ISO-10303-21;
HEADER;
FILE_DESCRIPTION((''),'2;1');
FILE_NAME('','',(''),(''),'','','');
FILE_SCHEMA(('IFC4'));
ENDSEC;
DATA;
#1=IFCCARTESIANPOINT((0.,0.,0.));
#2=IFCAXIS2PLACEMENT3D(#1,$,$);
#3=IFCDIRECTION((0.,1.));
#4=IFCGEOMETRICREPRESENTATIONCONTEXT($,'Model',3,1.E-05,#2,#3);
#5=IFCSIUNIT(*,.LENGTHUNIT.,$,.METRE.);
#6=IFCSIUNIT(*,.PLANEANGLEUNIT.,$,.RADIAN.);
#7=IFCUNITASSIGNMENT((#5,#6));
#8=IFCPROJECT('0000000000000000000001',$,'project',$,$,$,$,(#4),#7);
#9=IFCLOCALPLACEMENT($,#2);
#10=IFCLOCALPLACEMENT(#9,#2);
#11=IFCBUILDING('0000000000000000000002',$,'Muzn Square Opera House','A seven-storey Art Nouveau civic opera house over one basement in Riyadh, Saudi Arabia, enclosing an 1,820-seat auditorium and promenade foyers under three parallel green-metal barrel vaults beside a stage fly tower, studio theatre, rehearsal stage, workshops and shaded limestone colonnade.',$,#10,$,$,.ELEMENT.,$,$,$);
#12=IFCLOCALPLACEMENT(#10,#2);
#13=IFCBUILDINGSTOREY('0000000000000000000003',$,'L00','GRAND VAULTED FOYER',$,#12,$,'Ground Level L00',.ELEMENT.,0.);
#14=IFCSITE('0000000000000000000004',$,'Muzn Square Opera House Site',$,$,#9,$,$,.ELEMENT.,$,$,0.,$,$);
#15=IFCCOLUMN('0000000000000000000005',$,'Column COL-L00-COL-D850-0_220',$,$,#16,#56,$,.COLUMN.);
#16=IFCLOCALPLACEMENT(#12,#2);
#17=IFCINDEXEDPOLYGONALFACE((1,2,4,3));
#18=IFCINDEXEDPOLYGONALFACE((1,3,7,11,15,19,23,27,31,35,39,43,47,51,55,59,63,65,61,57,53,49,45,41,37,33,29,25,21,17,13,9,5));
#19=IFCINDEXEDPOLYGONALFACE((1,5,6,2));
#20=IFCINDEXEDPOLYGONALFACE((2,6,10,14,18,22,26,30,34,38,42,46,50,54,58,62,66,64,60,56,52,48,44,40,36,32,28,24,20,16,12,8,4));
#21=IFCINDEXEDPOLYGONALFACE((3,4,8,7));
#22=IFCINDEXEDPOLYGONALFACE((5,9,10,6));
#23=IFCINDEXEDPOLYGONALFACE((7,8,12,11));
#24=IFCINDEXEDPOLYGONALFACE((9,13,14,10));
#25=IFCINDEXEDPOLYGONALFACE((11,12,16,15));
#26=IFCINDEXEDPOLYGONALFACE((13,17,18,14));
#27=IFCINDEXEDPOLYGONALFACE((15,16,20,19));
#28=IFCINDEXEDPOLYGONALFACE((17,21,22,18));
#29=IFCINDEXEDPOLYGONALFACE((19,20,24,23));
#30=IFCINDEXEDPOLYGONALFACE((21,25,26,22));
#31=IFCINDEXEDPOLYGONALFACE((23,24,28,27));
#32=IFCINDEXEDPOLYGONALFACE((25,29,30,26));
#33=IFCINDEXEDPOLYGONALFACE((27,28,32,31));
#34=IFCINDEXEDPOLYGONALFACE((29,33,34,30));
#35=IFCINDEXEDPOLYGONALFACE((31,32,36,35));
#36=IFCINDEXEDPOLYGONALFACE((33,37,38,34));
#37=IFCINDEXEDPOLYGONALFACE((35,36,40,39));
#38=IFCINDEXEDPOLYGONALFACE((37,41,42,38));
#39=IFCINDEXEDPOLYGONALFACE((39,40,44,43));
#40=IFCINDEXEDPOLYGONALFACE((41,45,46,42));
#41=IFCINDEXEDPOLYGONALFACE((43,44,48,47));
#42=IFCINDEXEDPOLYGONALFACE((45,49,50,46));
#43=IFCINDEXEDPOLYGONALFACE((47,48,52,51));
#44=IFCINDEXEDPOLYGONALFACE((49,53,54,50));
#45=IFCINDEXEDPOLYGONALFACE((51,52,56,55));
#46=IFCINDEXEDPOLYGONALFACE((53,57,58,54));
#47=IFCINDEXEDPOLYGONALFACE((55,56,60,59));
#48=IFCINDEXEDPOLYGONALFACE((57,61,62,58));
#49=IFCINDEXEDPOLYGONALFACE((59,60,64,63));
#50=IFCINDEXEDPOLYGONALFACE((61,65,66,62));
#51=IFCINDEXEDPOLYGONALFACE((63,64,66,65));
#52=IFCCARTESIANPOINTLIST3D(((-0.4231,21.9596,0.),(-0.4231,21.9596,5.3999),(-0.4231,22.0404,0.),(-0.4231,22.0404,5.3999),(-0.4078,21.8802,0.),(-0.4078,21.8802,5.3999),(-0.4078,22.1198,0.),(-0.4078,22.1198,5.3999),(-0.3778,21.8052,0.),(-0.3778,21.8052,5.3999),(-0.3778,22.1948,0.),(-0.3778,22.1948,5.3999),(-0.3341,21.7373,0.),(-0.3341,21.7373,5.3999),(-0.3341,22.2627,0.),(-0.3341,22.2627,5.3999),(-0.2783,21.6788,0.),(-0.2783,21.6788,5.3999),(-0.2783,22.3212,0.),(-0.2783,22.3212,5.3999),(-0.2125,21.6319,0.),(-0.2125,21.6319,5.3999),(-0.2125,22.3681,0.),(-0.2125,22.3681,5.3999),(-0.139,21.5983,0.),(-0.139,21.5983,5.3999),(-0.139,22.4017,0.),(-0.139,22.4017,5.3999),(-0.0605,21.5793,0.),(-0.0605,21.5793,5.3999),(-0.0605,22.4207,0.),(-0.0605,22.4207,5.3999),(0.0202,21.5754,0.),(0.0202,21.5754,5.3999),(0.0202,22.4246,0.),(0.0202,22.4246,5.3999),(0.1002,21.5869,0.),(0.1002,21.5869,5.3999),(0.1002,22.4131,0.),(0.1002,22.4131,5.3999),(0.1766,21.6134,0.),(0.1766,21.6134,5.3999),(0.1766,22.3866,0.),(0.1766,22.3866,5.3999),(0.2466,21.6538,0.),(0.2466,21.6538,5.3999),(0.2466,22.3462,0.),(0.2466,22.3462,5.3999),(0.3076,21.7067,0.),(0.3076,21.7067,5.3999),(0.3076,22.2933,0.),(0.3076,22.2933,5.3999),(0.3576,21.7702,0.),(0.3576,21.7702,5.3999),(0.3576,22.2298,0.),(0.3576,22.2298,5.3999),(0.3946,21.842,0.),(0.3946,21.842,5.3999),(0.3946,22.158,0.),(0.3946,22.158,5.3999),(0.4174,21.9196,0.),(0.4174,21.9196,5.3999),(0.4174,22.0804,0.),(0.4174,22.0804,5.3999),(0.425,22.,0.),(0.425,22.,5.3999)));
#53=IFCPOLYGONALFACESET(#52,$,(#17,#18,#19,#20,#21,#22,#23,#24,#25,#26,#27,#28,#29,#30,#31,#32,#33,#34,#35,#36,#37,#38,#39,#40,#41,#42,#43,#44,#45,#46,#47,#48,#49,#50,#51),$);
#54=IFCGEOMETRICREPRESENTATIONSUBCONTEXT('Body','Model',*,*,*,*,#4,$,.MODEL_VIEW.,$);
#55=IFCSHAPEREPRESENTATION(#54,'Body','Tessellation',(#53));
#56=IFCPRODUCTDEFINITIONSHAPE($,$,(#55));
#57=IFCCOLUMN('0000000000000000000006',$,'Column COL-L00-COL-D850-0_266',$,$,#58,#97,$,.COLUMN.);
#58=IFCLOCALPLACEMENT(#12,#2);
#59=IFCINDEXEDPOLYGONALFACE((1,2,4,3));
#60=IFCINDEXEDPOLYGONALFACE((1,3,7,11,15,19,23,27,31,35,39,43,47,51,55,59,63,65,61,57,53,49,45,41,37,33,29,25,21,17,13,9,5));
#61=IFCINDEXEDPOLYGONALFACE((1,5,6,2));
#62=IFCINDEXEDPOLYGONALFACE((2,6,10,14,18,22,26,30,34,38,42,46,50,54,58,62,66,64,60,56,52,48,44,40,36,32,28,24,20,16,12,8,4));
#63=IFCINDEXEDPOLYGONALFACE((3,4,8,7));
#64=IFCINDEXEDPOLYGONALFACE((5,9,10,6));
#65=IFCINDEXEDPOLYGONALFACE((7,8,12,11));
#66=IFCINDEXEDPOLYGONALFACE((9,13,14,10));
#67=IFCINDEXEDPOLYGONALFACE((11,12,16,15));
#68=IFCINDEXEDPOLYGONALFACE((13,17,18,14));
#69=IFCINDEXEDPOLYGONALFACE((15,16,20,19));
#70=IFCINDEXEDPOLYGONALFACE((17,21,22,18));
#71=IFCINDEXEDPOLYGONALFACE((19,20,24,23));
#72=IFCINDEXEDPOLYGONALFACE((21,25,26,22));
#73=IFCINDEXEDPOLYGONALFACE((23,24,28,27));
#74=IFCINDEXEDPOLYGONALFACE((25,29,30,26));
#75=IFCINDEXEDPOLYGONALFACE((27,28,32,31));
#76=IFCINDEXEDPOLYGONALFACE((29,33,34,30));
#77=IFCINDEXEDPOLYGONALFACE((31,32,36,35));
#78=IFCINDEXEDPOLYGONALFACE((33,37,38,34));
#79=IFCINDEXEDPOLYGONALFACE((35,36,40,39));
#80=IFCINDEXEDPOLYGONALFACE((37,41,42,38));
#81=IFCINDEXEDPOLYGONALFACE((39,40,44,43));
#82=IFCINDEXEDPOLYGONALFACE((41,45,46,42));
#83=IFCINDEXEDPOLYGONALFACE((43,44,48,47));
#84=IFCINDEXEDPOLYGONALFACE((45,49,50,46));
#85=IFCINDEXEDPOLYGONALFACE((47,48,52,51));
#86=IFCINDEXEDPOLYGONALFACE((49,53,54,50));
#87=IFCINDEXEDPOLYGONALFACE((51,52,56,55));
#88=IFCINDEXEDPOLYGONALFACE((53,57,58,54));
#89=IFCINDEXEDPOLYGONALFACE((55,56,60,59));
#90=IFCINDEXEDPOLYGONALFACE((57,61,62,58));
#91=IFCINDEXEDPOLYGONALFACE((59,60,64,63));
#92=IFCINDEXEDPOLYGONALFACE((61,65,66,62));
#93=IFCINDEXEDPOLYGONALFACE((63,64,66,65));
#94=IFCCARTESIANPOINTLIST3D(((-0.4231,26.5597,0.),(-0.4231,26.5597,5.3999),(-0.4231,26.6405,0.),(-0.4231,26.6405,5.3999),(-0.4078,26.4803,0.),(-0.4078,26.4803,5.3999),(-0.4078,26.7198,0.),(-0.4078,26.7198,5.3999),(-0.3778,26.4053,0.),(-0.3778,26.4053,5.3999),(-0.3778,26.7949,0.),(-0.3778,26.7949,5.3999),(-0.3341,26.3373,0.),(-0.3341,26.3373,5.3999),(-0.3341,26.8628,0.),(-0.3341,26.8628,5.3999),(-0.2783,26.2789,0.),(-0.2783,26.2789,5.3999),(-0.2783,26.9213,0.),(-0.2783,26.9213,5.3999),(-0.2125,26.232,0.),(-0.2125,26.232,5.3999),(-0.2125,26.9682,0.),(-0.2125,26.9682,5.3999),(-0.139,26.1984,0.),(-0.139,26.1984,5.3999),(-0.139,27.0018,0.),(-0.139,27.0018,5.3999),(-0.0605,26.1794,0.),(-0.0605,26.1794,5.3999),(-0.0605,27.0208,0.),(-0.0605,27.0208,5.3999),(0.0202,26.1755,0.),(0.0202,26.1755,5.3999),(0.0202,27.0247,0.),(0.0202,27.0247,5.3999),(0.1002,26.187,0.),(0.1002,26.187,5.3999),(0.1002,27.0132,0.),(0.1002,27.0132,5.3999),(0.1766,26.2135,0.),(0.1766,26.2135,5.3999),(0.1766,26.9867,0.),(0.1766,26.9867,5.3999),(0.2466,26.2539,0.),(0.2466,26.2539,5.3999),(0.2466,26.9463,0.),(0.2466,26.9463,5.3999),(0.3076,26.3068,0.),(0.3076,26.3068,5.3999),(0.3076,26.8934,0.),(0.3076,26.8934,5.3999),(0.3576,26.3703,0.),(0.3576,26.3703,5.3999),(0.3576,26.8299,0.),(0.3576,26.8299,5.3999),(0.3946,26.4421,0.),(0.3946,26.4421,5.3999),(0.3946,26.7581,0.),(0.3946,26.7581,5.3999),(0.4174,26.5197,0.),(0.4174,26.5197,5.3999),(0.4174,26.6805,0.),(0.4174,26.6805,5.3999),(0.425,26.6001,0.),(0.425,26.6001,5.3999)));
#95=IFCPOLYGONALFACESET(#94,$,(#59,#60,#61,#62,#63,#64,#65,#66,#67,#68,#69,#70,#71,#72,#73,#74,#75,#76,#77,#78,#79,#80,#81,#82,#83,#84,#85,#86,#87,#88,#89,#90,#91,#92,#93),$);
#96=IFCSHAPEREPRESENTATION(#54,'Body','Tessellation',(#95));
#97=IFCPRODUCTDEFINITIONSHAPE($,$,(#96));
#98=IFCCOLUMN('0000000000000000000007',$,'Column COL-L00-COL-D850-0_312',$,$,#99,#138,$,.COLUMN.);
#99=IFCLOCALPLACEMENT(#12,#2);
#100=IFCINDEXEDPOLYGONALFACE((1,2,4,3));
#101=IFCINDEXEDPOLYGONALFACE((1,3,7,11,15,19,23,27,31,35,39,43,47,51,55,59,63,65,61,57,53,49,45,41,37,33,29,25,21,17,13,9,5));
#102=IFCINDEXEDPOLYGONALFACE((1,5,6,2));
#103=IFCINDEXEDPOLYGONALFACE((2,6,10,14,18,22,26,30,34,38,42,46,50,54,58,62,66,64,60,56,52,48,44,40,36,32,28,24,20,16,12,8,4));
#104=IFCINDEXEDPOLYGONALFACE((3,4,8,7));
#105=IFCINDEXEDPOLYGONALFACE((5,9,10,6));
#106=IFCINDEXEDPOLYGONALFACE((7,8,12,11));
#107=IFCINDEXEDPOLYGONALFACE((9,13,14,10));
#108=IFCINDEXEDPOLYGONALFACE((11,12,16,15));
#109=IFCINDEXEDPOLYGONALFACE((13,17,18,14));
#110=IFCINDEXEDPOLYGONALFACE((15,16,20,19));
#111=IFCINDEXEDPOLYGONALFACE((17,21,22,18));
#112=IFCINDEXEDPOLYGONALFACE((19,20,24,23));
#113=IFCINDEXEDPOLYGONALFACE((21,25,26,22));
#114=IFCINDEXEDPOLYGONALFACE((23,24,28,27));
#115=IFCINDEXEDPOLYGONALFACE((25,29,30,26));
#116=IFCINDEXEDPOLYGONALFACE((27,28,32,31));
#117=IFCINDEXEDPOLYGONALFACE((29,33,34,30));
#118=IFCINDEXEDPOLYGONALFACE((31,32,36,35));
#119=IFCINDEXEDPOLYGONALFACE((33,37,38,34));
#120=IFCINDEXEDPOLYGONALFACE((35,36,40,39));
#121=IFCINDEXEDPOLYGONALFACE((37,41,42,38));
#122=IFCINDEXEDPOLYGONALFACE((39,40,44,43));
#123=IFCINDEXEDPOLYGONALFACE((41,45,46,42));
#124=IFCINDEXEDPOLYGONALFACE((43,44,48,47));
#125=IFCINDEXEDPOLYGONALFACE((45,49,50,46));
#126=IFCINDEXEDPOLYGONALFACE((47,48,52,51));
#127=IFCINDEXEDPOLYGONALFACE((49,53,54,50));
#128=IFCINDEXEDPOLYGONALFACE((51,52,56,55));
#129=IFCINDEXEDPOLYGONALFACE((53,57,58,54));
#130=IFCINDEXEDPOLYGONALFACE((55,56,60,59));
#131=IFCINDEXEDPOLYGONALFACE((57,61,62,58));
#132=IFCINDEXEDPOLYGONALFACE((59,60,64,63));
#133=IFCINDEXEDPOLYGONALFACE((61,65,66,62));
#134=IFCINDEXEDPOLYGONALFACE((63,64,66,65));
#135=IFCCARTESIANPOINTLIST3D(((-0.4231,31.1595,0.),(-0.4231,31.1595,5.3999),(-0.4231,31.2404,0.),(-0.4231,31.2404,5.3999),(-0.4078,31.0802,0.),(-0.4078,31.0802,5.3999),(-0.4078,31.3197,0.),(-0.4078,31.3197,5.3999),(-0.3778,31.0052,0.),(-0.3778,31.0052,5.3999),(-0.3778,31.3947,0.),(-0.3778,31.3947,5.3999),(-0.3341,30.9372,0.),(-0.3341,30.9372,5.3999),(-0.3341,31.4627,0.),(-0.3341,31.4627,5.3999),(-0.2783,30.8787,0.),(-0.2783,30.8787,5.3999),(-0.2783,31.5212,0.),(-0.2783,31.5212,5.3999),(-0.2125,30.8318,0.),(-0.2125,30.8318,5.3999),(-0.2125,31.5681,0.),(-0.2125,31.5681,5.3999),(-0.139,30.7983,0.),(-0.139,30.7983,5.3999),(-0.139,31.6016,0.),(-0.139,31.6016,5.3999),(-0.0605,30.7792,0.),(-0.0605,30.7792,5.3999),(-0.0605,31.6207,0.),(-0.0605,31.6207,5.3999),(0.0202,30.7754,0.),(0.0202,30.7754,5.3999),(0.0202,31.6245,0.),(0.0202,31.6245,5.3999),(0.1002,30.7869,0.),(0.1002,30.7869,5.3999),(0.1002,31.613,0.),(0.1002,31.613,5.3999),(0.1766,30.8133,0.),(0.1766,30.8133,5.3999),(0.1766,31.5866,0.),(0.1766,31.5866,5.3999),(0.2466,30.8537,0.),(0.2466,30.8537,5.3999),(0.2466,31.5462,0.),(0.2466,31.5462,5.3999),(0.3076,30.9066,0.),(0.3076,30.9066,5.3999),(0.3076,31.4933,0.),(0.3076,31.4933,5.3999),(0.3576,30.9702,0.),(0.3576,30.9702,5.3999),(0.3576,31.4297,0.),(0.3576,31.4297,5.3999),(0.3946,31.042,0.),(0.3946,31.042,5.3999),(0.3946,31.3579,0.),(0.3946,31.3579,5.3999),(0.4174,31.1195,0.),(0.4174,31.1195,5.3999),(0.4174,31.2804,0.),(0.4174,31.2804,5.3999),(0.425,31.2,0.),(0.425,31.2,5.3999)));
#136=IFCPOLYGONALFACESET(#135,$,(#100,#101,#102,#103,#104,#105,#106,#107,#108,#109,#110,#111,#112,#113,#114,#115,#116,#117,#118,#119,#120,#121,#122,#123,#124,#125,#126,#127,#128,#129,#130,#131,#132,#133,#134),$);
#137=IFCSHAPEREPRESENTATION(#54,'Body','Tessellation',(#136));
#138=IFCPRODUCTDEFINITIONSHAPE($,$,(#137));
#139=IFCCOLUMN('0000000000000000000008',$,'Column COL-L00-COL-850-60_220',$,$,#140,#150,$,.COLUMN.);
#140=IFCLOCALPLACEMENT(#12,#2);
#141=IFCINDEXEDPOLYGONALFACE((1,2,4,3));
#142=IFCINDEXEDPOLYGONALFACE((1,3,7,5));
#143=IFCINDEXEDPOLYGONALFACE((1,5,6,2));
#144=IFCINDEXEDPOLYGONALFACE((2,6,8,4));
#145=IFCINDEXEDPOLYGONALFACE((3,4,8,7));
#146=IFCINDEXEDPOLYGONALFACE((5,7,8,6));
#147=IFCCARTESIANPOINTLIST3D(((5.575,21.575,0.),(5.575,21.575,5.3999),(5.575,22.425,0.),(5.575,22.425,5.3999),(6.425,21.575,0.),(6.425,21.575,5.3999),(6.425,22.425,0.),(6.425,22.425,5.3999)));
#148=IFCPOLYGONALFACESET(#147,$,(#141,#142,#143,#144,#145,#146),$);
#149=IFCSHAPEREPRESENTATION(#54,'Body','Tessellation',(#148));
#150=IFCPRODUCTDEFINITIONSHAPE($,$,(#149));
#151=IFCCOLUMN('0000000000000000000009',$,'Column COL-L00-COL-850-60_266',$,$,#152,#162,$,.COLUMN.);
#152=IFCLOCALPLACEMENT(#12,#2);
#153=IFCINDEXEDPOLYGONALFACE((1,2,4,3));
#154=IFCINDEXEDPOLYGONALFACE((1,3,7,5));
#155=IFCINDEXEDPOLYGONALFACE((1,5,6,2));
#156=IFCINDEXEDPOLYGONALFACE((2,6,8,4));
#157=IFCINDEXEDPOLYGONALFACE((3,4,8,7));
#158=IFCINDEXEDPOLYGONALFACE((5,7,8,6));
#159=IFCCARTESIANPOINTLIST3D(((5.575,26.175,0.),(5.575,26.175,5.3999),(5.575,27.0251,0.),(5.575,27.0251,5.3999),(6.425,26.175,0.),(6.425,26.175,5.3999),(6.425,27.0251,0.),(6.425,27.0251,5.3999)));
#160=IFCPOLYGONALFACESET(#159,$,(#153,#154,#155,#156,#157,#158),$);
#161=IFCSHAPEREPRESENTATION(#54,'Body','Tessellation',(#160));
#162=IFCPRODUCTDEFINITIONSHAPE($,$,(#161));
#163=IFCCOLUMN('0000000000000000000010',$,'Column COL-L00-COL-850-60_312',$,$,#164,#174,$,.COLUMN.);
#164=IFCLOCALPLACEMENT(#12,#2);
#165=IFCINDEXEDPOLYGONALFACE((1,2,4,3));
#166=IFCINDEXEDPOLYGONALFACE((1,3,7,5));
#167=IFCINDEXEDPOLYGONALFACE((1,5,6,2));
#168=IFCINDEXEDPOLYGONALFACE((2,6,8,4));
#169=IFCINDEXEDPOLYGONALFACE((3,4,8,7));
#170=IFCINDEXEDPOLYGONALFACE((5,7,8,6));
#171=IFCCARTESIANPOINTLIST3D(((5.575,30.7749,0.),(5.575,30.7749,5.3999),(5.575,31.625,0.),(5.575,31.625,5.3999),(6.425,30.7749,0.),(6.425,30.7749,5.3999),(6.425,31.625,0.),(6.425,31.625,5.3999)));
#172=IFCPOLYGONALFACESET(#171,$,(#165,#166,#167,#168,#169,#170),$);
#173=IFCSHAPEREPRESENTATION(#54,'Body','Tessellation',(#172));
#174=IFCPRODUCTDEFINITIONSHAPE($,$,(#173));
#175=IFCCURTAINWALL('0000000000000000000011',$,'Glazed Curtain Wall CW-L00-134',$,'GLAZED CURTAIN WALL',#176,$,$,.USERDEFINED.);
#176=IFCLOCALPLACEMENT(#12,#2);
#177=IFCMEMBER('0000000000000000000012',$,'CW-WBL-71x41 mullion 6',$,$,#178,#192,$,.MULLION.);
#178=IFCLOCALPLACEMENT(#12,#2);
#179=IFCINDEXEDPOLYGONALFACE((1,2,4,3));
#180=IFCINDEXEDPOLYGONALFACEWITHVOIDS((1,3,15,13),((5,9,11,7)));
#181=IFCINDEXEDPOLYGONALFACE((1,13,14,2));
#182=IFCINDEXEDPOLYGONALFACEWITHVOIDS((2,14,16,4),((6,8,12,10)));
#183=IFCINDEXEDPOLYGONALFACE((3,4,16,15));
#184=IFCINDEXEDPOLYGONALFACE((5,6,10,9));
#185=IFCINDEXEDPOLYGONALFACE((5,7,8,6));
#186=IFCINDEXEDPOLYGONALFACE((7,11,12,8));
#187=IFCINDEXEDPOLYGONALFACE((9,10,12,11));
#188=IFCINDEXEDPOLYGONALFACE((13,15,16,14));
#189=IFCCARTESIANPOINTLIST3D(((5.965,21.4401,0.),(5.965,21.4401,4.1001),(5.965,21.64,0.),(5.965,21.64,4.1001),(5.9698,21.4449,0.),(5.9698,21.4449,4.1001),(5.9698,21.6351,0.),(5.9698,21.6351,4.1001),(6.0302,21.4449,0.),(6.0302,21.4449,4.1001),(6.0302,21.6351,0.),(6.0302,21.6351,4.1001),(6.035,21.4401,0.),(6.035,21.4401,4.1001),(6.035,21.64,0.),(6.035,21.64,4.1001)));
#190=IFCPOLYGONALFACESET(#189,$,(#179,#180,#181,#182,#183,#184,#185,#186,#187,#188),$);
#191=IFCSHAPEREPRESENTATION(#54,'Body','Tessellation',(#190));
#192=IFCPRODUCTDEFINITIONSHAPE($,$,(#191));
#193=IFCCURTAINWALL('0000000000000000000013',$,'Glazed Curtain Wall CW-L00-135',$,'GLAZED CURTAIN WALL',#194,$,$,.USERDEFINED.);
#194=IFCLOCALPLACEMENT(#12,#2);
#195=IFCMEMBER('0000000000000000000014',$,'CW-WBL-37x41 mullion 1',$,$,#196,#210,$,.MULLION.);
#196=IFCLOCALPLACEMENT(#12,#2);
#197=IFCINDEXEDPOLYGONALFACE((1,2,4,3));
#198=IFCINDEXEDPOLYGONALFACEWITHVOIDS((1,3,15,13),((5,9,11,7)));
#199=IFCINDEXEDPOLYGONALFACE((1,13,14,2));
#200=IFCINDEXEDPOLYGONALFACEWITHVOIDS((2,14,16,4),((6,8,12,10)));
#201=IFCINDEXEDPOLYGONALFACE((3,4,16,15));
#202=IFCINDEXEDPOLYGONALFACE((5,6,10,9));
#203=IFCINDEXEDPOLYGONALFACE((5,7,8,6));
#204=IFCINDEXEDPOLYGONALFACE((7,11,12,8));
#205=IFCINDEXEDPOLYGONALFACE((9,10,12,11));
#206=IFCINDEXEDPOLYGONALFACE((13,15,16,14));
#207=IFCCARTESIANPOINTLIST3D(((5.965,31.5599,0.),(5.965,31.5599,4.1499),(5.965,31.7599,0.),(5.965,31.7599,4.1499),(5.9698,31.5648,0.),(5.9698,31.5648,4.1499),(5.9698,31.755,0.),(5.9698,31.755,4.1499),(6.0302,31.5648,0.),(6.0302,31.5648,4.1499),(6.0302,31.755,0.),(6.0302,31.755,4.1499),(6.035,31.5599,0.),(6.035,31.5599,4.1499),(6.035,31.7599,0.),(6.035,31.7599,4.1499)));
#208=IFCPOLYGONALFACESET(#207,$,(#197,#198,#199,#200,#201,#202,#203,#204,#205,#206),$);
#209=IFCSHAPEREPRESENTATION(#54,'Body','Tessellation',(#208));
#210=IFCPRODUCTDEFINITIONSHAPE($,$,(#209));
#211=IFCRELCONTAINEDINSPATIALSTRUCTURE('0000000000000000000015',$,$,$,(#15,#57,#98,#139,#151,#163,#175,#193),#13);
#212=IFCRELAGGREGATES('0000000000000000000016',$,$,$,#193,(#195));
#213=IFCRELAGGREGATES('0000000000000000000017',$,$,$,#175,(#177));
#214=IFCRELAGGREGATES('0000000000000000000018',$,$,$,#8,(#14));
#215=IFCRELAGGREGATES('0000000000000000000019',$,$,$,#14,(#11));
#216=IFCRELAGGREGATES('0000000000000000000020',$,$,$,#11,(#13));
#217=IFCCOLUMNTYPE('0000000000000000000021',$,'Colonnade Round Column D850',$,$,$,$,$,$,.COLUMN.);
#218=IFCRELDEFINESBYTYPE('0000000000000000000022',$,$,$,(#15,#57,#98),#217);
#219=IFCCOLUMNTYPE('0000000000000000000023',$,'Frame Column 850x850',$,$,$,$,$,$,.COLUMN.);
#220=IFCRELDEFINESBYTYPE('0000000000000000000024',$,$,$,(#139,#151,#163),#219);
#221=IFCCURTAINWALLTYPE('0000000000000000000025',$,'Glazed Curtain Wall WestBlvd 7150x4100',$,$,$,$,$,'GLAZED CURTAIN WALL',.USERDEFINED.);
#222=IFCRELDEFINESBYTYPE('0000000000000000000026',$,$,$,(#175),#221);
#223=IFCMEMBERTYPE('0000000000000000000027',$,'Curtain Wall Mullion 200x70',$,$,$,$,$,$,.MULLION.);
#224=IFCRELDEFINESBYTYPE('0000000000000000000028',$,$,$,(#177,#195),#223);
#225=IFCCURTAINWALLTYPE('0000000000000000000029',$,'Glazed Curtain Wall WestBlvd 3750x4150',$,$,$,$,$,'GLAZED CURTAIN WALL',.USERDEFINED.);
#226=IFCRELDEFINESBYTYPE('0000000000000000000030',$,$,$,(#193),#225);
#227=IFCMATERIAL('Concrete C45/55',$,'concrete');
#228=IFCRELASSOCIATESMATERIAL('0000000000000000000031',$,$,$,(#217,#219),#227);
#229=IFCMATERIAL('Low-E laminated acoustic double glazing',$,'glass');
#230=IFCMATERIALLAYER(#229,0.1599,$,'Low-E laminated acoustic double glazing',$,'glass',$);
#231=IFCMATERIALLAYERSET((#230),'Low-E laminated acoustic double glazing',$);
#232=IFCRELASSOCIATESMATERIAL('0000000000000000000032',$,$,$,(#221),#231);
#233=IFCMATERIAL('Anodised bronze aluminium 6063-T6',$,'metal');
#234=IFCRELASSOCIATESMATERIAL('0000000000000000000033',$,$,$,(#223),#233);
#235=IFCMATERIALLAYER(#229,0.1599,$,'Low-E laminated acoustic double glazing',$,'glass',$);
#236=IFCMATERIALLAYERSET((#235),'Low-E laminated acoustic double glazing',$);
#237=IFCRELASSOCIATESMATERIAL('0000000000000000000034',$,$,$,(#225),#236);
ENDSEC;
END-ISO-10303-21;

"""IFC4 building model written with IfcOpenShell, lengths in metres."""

from ifc_helpers import new_model, si_unit, direction, frame, origin, origin_2d, place, context, subcontext, project, spatial, rectangle, hollow_rectangle, circle, extrude, material, layer, layer_set, material_profile, profile_set, type_object, element, aggregate, save


model = new_model("IFC4")

# Units and contexts
model_context = context("Model", 3, precision=1e-05, world=origin(), true_north=direction((0.0, 1.0)))
body_context = subcontext(model_context, "Body", "Model", "MODEL_VIEW")
ifc_project = project(units=[si_unit("LENGTHUNIT", "METRE"), si_unit("PLANEANGLEUNIT", "RADIAN")], contexts=[model_context])

# Site, building, storey
site_placement = place(None, origin())
site = spatial("IfcSite", under=ifc_project, at=site_placement, Name="Muzn Square Opera House Site", CompositionType="ELEMENT", RefElevation=0.0)
building_placement = place(site_placement, origin())
building = spatial("IfcBuilding", under=site, at=building_placement, Name="Muzn Square Opera House", Description="A seven-storey Art Nouveau civic opera house over one basement in Riyadh, Saudi Arabia, enclosing an 1,820-seat auditorium and promenade foyers under three parallel green-metal barrel vaults beside a stage fly tower, studio theatre, rehearsal stage, workshops and shaded limestone colonnade.", CompositionType="ELEMENT")
storey_placement = place(building_placement, origin())
storey = spatial("IfcBuildingStorey", under=building, at=storey_placement, Name="L00", Description="GRAND VAULTED FOYER", LongName="Ground Level L00", CompositionType="ELEMENT", Elevation=0.0)

# Columns
ifc_material_1 = material(Name="Concrete C45/55", Category="concrete")
ifc_material_profile_1 = material_profile(ifc_material_1, circle(Radius=0.425, at=origin_2d()), Name="RCC D850", Category="concrete")
ifc_profile_set_1 = profile_set([ifc_material_profile_1], Name="Concrete C45/55")
column_type_1 = type_object("IfcColumnType", Name="Colonnade Round Column D850", PredefinedType="COLUMN", material=ifc_profile_set_1)
for number, where, z_axis, x_axis, name in (
    (1, (0.0, 22.0, 0.0), (0.0, 0.0, 1.0), (1.0, 0.0, 0.0), "Column COL-L00-COL-D850-0_220"),
    (2, (0.0, 26.6001, 0.0), (0.0, 0.0, 1.0), (1.0, 0.0, 0.0), "Column COL-L00-COL-D850-0_266"),
    (3, (0.0, 31.2, 0.0), (0.0, 0.0, 1.0), (1.0, 0.0, 0.0), "Column COL-L00-COL-D850-0_312"),
):
    element("IfcColumn", number, at=place(storey_placement, frame(where, z_axis=z_axis, x_axis=x_axis)), inside=storey, type_object=column_type_1, Name=name, PredefinedType="COLUMN", context=body_context, shape_type="SweptSolid", body=[
        extrude(circle(Radius=0.425, at=origin_2d()), origin(), (0.0, 0.0, 1.0), 5.3999),
    ])
ifc_material_profile_2 = material_profile(ifc_material_1, rectangle(XDim=0.8501, YDim=0.8501, at=origin_2d()), Name="RC 850x850", Category="concrete")
ifc_profile_set_2 = profile_set([ifc_material_profile_2], Name="Concrete C45/55")
column_type_2 = type_object("IfcColumnType", Name="Frame Column 850x850", PredefinedType="COLUMN", material=ifc_profile_set_2)
for number, where, z_axis, x_axis, name in (
    (4, (6.0, 22.0, 0.0), (0.0, 0.0, 1.0), (1.0, 0.0, 0.0), "Column COL-L00-COL-850-60_220"),
    (5, (6.0, 26.6001, 0.0), (0.0, 0.0, 1.0), (1.0, 0.0, 0.0), "Column COL-L00-COL-850-60_266"),
    (6, (6.0, 31.2, 0.0), (0.0, 0.0, 1.0), (1.0, 0.0, 0.0), "Column COL-L00-COL-850-60_312"),
):
    element("IfcColumn", number, at=place(storey_placement, frame(where, z_axis=z_axis, x_axis=x_axis)), inside=storey, type_object=column_type_2, Name=name, PredefinedType="COLUMN", context=body_context, shape_type="SweptSolid", body=[
        extrude(rectangle(XDim=0.8501, YDim=0.8501, at=origin_2d()), origin(), (0.0, 0.0, 1.0), 5.3999),
    ])

# Curtain wall, member
ifc_material_2 = material(Name="Low-E laminated acoustic double glazing", Category="glass")
ifc_layer_1 = layer(ifc_material_2, 0.1599, Name="Low-E laminated acoustic double glazing", Category="glass")
ifc_layer_set_1 = layer_set([ifc_layer_1], Name="Low-E laminated acoustic double glazing")
curtain_wall_type_1 = type_object("IfcCurtainWallType", Name="Glazed Curtain Wall WestBlvd 7150x4100", ElementType="GLAZED CURTAIN WALL", PredefinedType="USERDEFINED", material=ifc_layer_set_1)
curtain_wall_1_placement = place(storey_placement, origin())
curtain_wall_1 = element("IfcCurtainWall", 7, at=curtain_wall_1_placement, inside=storey, type_object=curtain_wall_type_1, Name="Glazed Curtain Wall CW-L00-134", ObjectType="GLAZED CURTAIN WALL", PredefinedType="USERDEFINED")
ifc_material_3 = material(Name="Anodised bronze aluminium 6063-T6", Category="metal")
ifc_material_profile_3 = material_profile(ifc_material_3, hollow_rectangle(XDim=0.0701, YDim=0.2, WallThickness=0.0049, at=origin_2d()), Name="ALU 200x70x5", Category="metal")
ifc_profile_set_3 = profile_set([ifc_material_profile_3], Name="Anodised bronze aluminium 6063-T6")
member_type_1 = type_object("IfcMemberType", Name="Curtain Wall Mullion 200x70", PredefinedType="MULLION", material=ifc_profile_set_3)
member_1_placement = place(storey_placement, frame((6.0, 21.54, 0.0), z_axis=(0.0, 0.0, 1.0), x_axis=(-1.0, 0.0, 0.0)))
member_1 = element("IfcMember", 8, at=member_1_placement, type_object=member_type_1, Name="CW-WBL-71x41 mullion 6", PredefinedType="MULLION", context=body_context, shape_type="SweptSolid", body=[
    extrude(hollow_rectangle(XDim=0.0701, YDim=0.2, WallThickness=0.0049, at=origin_2d()), origin(), (0.0, 0.0, 1.0), 4.1001),
])

# Curtain wall, member
ifc_layer_2 = layer(ifc_material_2, 0.1599, Name="Low-E laminated acoustic double glazing", Category="glass")
ifc_layer_set_2 = layer_set([ifc_layer_2], Name="Low-E laminated acoustic double glazing")
curtain_wall_type_2 = type_object("IfcCurtainWallType", Name="Glazed Curtain Wall WestBlvd 3750x4150", ElementType="GLAZED CURTAIN WALL", PredefinedType="USERDEFINED", material=ifc_layer_set_2)
curtain_wall_2_placement = place(storey_placement, origin())
curtain_wall_2 = element("IfcCurtainWall", 9, at=curtain_wall_2_placement, inside=storey, type_object=curtain_wall_type_2, Name="Glazed Curtain Wall CW-L00-135", ObjectType="GLAZED CURTAIN WALL", PredefinedType="USERDEFINED")
member_2_placement = place(storey_placement, frame((6.0, 31.6599, 0.0), z_axis=(0.0, 0.0, 1.0), x_axis=(-1.0, 0.0, 0.0)))
member_2 = element("IfcMember", 10, at=member_2_placement, type_object=member_type_1, Name="CW-WBL-37x41 mullion 1", PredefinedType="MULLION", context=body_context, shape_type="SweptSolid", body=[
    extrude(hollow_rectangle(XDim=0.0701, YDim=0.2, WallThickness=0.0049, at=origin_2d()), origin(), (0.0, 0.0, 1.0), 4.1499),
])
aggregate(curtain_wall_2, [member_2])

aggregate(curtain_wall_1, [member_1])

save(model, "model.ifc")
